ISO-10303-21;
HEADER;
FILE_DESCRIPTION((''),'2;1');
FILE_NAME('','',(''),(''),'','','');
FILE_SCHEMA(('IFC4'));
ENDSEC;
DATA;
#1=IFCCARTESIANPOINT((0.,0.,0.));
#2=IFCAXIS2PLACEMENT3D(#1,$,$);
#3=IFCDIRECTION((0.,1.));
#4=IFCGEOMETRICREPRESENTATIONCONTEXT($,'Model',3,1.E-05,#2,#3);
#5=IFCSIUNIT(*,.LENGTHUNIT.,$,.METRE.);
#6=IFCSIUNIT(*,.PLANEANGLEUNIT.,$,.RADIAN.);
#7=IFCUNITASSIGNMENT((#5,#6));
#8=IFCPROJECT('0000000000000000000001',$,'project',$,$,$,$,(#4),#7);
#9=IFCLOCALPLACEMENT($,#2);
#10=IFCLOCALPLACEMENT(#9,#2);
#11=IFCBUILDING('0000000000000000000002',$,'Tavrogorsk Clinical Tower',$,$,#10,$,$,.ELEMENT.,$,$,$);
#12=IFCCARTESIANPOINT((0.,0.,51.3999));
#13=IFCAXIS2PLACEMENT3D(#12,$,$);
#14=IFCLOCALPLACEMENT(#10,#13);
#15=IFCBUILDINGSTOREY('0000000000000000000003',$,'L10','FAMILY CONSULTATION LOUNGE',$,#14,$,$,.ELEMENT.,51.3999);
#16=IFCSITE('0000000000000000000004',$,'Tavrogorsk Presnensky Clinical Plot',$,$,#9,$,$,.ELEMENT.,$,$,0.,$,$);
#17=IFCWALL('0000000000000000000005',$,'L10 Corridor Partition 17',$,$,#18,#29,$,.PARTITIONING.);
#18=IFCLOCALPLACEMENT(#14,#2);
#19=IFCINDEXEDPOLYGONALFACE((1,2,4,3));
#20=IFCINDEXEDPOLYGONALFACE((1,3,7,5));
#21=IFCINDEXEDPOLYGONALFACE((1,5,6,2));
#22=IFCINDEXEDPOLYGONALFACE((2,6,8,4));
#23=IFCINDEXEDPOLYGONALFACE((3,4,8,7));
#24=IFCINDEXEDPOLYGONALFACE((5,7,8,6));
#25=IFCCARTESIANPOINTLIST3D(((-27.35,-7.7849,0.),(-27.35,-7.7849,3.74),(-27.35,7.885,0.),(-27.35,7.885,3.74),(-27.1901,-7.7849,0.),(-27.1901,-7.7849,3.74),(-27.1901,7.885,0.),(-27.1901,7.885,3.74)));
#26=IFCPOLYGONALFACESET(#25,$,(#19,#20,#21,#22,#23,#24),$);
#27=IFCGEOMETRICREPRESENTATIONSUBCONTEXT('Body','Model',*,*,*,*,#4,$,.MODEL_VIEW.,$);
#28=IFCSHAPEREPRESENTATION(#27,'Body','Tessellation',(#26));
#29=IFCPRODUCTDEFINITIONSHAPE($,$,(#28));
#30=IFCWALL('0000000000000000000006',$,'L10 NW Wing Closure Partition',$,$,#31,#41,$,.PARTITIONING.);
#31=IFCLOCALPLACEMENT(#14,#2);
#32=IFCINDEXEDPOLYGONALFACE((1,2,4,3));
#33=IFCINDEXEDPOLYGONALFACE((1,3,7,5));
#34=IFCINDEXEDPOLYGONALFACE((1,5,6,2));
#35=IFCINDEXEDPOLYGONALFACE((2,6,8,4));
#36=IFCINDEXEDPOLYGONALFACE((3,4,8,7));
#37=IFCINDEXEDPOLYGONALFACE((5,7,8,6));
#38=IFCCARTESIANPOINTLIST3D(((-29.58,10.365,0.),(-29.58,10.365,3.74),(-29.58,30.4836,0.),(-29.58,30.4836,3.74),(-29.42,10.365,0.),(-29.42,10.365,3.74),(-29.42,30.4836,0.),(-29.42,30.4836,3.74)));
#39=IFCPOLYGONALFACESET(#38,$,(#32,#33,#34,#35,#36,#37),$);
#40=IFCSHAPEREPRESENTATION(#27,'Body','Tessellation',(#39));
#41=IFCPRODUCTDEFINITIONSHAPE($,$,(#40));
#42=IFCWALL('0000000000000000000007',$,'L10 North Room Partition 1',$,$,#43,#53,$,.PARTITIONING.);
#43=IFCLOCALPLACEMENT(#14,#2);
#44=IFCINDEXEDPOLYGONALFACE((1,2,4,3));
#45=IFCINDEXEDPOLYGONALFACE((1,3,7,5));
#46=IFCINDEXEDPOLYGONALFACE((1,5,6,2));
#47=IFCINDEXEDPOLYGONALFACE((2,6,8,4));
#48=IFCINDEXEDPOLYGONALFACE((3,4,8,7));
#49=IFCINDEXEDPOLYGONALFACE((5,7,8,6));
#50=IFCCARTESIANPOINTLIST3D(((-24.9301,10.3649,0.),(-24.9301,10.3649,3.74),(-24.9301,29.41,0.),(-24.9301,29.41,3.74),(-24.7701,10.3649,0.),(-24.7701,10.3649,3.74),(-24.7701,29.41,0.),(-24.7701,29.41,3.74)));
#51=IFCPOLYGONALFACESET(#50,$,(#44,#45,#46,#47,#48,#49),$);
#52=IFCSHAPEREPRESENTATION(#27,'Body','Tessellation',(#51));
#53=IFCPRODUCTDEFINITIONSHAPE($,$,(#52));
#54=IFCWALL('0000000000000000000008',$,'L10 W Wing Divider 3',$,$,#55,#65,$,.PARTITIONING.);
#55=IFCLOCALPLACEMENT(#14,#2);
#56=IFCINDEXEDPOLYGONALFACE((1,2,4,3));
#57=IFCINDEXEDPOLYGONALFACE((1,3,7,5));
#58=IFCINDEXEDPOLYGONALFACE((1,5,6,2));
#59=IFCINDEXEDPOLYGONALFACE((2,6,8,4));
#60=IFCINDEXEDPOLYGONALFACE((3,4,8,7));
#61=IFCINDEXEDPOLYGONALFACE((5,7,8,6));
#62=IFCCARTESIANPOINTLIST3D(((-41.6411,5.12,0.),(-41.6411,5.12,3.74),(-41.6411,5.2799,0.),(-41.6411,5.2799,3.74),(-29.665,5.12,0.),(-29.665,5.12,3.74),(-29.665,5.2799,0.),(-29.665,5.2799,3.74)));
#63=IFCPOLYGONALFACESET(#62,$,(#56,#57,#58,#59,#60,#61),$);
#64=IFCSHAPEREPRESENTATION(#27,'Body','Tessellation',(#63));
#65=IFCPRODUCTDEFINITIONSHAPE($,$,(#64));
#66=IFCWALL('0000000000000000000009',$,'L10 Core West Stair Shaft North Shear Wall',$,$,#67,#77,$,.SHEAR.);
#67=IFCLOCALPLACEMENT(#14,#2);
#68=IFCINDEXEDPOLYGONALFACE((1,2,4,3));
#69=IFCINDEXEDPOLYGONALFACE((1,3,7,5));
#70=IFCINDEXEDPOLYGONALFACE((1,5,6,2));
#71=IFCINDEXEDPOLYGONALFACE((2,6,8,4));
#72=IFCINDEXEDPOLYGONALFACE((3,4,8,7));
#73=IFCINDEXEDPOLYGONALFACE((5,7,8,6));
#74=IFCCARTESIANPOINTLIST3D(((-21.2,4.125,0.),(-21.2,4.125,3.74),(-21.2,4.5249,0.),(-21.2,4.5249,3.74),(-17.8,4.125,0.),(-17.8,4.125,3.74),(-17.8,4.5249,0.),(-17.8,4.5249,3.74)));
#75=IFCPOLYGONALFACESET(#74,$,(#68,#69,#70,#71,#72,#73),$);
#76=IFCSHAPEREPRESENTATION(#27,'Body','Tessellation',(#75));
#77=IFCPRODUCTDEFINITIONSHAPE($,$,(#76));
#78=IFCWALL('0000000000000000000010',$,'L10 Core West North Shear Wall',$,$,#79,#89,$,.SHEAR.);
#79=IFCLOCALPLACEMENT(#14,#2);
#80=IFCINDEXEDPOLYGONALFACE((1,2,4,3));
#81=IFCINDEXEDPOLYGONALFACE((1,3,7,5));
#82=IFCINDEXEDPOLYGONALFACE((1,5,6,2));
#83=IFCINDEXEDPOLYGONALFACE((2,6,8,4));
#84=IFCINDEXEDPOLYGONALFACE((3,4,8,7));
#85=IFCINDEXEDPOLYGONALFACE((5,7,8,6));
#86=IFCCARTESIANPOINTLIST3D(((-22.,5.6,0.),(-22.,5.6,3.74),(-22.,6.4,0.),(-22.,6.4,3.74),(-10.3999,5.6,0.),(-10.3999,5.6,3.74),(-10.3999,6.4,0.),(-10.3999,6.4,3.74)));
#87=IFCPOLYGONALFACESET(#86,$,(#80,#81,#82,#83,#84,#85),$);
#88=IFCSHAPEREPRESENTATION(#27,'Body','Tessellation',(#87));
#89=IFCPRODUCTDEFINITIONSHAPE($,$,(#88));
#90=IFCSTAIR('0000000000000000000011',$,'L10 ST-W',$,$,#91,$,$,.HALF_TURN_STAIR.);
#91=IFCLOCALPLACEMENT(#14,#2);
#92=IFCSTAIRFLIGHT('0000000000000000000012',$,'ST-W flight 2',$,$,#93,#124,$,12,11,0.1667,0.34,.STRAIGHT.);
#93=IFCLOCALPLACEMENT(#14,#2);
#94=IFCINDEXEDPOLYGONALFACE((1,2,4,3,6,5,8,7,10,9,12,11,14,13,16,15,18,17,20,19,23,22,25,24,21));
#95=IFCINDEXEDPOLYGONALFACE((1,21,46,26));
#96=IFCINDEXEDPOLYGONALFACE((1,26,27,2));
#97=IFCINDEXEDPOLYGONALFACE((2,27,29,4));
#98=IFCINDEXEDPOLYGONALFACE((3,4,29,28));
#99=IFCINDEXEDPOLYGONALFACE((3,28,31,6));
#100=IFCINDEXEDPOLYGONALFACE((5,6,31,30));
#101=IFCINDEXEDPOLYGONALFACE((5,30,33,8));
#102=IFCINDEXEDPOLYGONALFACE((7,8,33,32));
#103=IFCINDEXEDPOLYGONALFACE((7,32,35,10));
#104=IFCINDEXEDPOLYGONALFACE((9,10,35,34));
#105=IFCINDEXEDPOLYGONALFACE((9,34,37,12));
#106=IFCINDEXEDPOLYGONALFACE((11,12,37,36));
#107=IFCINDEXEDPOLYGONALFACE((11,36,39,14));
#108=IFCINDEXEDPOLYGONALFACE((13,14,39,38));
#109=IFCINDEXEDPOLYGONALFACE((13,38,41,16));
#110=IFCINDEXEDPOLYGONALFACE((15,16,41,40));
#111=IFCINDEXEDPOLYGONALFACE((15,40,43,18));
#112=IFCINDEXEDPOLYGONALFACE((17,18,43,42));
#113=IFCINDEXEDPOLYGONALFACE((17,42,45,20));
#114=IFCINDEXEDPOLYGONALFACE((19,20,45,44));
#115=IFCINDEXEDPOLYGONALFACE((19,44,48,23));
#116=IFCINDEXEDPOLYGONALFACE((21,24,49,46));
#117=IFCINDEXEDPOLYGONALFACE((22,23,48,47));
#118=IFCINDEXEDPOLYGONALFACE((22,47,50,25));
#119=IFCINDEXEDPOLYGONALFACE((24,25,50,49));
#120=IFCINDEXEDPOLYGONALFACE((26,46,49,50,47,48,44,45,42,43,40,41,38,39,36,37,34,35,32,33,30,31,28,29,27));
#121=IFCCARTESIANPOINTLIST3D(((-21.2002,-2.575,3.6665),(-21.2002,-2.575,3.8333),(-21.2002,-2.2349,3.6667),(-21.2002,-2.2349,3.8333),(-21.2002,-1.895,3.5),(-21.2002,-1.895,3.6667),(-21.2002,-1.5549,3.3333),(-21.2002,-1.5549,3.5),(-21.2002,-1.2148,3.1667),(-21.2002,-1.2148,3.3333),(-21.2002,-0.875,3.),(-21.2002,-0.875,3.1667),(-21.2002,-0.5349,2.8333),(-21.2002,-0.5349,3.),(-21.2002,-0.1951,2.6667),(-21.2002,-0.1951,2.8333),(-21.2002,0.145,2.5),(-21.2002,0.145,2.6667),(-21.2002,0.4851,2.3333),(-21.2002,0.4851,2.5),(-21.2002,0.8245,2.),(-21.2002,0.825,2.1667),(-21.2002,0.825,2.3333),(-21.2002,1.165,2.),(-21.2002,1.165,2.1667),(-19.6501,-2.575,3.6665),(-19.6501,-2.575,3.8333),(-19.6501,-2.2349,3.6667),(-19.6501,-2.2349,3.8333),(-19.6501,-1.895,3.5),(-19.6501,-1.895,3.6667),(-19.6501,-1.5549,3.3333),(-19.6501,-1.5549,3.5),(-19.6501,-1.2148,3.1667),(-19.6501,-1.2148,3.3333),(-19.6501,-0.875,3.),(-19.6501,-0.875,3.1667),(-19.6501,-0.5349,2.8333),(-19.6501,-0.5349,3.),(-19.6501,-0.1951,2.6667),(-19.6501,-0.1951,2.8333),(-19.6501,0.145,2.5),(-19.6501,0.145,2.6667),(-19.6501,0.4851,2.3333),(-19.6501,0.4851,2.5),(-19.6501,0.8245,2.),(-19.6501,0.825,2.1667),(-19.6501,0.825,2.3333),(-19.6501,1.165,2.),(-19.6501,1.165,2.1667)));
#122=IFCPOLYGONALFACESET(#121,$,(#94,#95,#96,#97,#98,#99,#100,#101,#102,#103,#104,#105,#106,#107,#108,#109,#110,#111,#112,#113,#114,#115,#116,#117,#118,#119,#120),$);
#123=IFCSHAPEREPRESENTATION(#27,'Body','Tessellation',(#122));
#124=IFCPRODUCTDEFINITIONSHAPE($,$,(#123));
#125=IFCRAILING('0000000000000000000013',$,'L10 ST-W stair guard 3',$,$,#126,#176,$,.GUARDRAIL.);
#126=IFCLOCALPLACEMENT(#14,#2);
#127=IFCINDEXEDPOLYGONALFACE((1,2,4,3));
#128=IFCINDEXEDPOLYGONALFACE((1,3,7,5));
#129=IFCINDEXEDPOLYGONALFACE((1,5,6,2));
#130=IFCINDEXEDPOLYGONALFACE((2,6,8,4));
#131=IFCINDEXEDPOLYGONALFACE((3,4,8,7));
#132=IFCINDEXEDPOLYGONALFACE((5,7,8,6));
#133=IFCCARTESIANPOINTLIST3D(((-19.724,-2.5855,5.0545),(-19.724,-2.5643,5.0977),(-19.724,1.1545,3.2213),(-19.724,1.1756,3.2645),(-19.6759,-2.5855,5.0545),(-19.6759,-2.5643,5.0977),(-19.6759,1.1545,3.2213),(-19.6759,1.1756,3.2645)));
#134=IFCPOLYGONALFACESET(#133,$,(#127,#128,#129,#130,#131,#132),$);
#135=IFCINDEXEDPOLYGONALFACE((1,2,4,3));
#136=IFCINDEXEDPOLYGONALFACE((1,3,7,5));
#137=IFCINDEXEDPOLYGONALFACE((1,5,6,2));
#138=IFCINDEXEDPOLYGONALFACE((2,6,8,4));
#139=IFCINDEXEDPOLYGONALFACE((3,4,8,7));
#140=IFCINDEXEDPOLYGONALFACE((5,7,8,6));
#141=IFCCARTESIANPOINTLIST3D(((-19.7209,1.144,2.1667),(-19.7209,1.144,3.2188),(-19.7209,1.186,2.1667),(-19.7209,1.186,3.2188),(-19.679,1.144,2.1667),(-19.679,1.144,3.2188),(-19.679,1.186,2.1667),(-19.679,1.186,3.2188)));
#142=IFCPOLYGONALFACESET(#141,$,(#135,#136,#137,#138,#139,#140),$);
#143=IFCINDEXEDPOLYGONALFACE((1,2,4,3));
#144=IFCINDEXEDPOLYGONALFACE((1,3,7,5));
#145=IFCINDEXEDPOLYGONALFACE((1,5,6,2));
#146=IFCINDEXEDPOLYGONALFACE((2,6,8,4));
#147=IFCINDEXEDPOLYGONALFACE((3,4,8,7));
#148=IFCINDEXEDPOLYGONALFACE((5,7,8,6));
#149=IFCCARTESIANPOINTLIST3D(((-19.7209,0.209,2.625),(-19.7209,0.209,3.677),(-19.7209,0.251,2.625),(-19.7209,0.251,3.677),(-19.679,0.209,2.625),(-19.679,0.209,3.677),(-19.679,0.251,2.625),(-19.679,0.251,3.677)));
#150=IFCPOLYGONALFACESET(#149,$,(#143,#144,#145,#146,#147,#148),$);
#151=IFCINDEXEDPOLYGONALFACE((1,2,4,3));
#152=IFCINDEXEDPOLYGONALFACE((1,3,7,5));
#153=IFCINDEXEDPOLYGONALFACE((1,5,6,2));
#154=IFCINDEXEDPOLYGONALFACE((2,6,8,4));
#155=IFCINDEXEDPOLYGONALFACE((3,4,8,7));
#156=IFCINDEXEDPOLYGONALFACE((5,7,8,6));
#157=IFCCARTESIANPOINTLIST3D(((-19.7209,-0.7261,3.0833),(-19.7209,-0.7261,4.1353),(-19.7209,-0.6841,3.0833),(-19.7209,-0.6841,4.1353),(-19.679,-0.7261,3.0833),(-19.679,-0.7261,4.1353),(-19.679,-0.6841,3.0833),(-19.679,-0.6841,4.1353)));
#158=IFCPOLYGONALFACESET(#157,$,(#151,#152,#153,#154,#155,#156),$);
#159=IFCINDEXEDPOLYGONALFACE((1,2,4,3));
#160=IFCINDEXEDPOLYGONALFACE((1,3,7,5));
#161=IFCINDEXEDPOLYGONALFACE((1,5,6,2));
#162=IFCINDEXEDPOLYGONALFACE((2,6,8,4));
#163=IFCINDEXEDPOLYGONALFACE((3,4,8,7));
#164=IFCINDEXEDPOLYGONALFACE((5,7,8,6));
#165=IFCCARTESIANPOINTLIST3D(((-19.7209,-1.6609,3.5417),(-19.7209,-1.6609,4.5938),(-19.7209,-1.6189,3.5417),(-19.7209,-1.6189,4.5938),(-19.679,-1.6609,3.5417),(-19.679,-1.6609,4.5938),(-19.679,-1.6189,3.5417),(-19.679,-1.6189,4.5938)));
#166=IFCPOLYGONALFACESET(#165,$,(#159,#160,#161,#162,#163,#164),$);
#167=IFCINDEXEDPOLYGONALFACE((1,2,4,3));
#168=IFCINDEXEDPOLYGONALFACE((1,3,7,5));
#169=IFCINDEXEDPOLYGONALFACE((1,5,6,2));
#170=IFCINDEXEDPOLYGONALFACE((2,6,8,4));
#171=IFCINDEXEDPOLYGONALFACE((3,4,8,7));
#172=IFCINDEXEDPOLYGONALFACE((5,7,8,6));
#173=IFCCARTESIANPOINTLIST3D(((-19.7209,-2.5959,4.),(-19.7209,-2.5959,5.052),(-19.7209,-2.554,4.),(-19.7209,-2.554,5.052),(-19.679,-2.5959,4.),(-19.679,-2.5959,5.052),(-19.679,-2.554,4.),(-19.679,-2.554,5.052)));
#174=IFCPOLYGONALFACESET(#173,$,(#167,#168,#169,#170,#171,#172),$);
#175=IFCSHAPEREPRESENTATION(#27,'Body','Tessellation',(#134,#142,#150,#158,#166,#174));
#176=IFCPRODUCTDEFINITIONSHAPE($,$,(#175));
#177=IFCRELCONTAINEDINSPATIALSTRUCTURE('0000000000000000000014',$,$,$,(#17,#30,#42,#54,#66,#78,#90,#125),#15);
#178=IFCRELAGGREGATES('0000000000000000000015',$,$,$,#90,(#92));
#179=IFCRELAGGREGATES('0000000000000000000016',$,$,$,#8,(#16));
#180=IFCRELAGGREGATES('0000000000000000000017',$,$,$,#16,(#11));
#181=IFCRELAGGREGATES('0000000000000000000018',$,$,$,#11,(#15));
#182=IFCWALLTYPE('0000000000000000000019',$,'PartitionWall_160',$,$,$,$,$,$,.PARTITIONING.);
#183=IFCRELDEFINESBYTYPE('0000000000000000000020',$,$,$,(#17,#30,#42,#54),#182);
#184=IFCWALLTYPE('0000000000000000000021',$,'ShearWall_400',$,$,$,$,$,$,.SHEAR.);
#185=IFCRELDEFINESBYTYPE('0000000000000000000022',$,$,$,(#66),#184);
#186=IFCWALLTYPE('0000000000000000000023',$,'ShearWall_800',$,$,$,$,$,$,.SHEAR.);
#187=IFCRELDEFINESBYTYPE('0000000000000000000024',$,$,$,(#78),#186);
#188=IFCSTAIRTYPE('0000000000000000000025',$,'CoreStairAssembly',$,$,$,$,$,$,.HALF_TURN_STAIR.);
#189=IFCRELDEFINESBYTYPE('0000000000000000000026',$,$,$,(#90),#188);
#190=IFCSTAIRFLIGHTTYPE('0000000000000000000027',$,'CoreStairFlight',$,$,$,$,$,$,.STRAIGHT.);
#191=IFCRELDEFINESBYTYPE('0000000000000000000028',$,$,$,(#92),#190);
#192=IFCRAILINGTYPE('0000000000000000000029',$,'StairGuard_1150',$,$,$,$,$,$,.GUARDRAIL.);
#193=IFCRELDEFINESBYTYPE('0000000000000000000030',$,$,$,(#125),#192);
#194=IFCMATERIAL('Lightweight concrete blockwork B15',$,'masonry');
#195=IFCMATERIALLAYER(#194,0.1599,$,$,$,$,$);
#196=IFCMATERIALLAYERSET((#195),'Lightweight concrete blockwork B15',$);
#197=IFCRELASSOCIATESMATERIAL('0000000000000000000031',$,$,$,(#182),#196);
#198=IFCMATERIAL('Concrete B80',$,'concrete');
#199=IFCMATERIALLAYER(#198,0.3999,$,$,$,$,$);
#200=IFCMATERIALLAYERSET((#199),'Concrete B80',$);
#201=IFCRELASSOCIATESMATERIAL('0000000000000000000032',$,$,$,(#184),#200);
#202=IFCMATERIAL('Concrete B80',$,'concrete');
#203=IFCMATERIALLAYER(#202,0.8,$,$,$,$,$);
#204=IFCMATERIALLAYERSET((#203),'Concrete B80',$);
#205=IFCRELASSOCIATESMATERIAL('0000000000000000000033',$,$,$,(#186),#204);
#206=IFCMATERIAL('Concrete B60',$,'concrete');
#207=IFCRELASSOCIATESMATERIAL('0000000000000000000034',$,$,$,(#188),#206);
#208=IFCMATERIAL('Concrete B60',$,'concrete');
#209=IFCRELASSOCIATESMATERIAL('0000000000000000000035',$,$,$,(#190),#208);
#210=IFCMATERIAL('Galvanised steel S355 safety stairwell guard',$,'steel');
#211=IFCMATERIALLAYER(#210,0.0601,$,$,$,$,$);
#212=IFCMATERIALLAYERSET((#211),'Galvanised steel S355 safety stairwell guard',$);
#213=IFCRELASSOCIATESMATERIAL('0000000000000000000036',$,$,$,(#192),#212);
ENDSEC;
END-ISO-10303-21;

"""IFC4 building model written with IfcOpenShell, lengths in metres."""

from ifc_helpers import new_model, si_unit, direction, frame, frame_2d, origin, origin_2d, place, context, subcontext, project, spatial, polyline, rectangle, outline, extrude, material, layer, layer_set, type_object, element, aggregate, save


model = new_model("IFC4")

# Units and contexts
model_context = context("Model", 3, precision=1e-05, world=origin(), true_north=direction((0.0, 1.0)))
body_context = subcontext(model_context, "Body", "Model", "MODEL_VIEW")
ifc_project = project(units=[si_unit("LENGTHUNIT", "METRE"), si_unit("PLANEANGLEUNIT", "RADIAN")], contexts=[model_context])

# Site, building, storey
site_placement = place(None, origin())
site = spatial("IfcSite", under=ifc_project, at=site_placement, Name="Tavrogorsk Presnensky Clinical Plot", CompositionType="ELEMENT", RefElevation=0.0)
building_placement = place(site_placement, origin())
building = spatial("IfcBuilding", under=site, at=building_placement, Name="Tavrogorsk Clinical Tower", CompositionType="ELEMENT")
storey_placement = place(building_placement, frame((0.0, 0.0, 51.3999)))
storey = spatial("IfcBuildingStorey", under=building, at=storey_placement, Name="L10", Description="FAMILY CONSULTATION LOUNGE", CompositionType="ELEMENT", Elevation=51.3999)

# Shared definitions
ifc_material_1 = material(Name="Lightweight concrete blockwork B15", Category="masonry")
ifc_layer_1 = layer(ifc_material_1, 0.1599)
ifc_layer_set_1 = layer_set([ifc_layer_1], Name="Lightweight concrete blockwork B15")
wall_type_1 = type_object("IfcWallType", Name="PartitionWall_160", PredefinedType="PARTITIONING", material=ifc_layer_set_1)

# Walls
wall_1_placement = place(storey_placement, frame((-27.27, 7.885, 0.0), z_axis=(0.0, 0.0, 1.0), x_axis=(0.0, -1.0, 0.0)))
element("IfcWall", 1, at=wall_1_placement, inside=storey, type_object=wall_type_1, Name="L10 Corridor Partition 17", PredefinedType="PARTITIONING", context=body_context, shape_type="SweptSolid", body=[
    extrude(rectangle(XDim=15.6699, YDim=0.1599, at=frame_2d((7.835, 0.0))), origin(), (0.0, 0.0, 1.0), 3.74),
])
wall_2_placement = place(storey_placement, frame((-29.5, 10.365, 0.0), z_axis=(0.0, 0.0, 1.0), x_axis=(0.0, 1.0, 0.0)))
element("IfcWall", 2, at=wall_2_placement, inside=storey, type_object=wall_type_1, Name="L10 NW Wing Closure Partition", PredefinedType="PARTITIONING", context=body_context, shape_type="SweptSolid", body=[
    extrude(rectangle(XDim=20.1187, YDim=0.1599, at=frame_2d((10.0593, 0.0))), origin(), (0.0, 0.0, 1.0), 3.74),
])
wall_3_placement = place(storey_placement, frame((-24.8501, 10.365, 0.0), z_axis=(0.0, 0.0, 1.0), x_axis=(0.0, 1.0, 0.0)))
element("IfcWall", 3, at=wall_3_placement, inside=storey, type_object=wall_type_1, Name="L10 North Room Partition 1", PredefinedType="PARTITIONING", context=body_context, shape_type="SweptSolid", body=[
    extrude(rectangle(XDim=19.0452, YDim=0.1599, at=frame_2d((9.5225, 0.0))), origin(), (0.0, 0.0, 1.0), 3.74),
])
wall_4_placement = place(storey_placement, frame((-41.6411, 5.2, 0.0), z_axis=(0.0, 0.0, 1.0), x_axis=(1.0, 0.0, 0.0)))
element("IfcWall", 4, at=wall_4_placement, inside=storey, type_object=wall_type_1, Name="L10 W Wing Divider 3", PredefinedType="PARTITIONING", context=body_context, shape_type="SweptSolid", body=[
    extrude(rectangle(XDim=11.9761, YDim=0.1599, at=frame_2d((5.988, 0.0))), origin(), (0.0, 0.0, 1.0), 3.74),
])
ifc_material_2 = material(Name="Concrete B80", Category="concrete")
ifc_layer_2 = layer(ifc_material_2, 0.3999)
ifc_layer_set_2 = layer_set([ifc_layer_2], Name="Concrete B80")
wall_type_2 = type_object("IfcWallType", Name="ShearWall_400", PredefinedType="SHEAR", material=ifc_layer_set_2)
wall_5_placement = place(storey_placement, frame((-21.2, 4.325, 0.0), z_axis=(0.0, 0.0, 1.0), x_axis=(1.0, 0.0, 0.0)))
element("IfcWall", 5, at=wall_5_placement, inside=storey, type_object=wall_type_2, Name="L10 Core West Stair Shaft North Shear Wall", PredefinedType="SHEAR", context=body_context, shape_type="SweptSolid", body=[
    extrude(rectangle(XDim=3.3999, YDim=0.3999, at=frame_2d((1.7, 0.0))), origin(), (0.0, 0.0, 1.0), 3.74),
])
ifc_material_3 = material(Name="Concrete B80", Category="concrete")
ifc_layer_3 = layer(ifc_material_3, 0.8)
ifc_layer_set_3 = layer_set([ifc_layer_3], Name="Concrete B80")
wall_type_3 = type_object("IfcWallType", Name="ShearWall_800", PredefinedType="SHEAR", material=ifc_layer_set_3)
wall_6_placement = place(storey_placement, frame((-22.0, 6.0, 0.0), z_axis=(0.0, 0.0, 1.0), x_axis=(1.0, 0.0, 0.0)))
element("IfcWall", 6, at=wall_6_placement, inside=storey, type_object=wall_type_3, Name="L10 Core West North Shear Wall", PredefinedType="SHEAR", context=body_context, shape_type="SweptSolid", body=[
    extrude(rectangle(XDim=11.6001, YDim=0.8, at=frame_2d((5.8, 0.0))), origin(), (0.0, 0.0, 1.0), 3.74),
])

# Stair, stair flight
ifc_material_4 = material(Name="Concrete B60", Category="concrete")
stair_type = type_object("IfcStairType", Name="CoreStairAssembly", PredefinedType="HALF_TURN_STAIR", material=ifc_material_4)
stair_placement = place(storey_placement, origin())
stair = element("IfcStair", 7, at=stair_placement, inside=storey, type_object=stair_type, Name="L10 ST-W", PredefinedType="HALF_TURN_STAIR")
ifc_material_5 = material(Name="Concrete B60", Category="concrete")
stair_flight_type = type_object("IfcStairFlightType", Name="CoreStairFlight", PredefinedType="STRAIGHT", material=ifc_material_5)
stair_flight_placement = place(storey_placement, frame((-20.425, 1.165, 2.0), z_axis=(0.0, 0.0, 1.0), x_axis=(0.0, -1.0, 0.0)))
stair_flight = element("IfcStairFlight", 8, at=stair_flight_placement, type_object=stair_flight_type, Name="ST-W flight 2", NumberOfRisers=12, NumberOfTreads=11, PredefinedType="STRAIGHT", RiserHeight=0.1667, TreadLength=0.34, context=body_context, shape_type="SweptSolid", body=[
    extrude(outline(polyline([(0.0, 0.0), (0.0, 0.1667), (0.3401, 0.1667), (0.3401, 0.3333), (0.6799, 0.3333), (0.6799, 0.5), (1.02, 0.5), (1.02, 0.6667), (1.3601, 0.6667), (1.3601, 0.8333), (1.7, 0.8333), (1.7, 1.0), (2.04, 1.0), (2.04, 1.1667), (2.3799, 1.1667), (2.3799, 1.3333), (2.72, 1.3333), (2.72, 1.5), (3.0601, 1.5), (3.0601, 1.6667), (3.3999, 1.6667), (3.3999, 1.8333), (3.74, 1.8333), (3.74, 2.0), (3.74, 1.6665), (0.3406, 0.0), (0.0, 0.0)])), frame((0.0, 0.7749, 0.0), z_axis=(0.0, -1.0, 0.0), x_axis=(1.0, 0.0, 0.0)), (0.0, 0.0, 1.0), 1.55),
])
aggregate(stair, [stair_flight])

# Railing
ifc_material_6 = material(Name="Galvanised steel S355 safety stairwell guard", Category="steel")
ifc_layer_4 = layer(ifc_material_6, 0.0601)
ifc_layer_set_4 = layer_set([ifc_layer_4], Name="Galvanised steel S355 safety stairwell guard")
railing_type_1 = type_object("IfcRailingType", Name="StairGuard_1150", PredefinedType="GUARDRAIL", material=ifc_layer_set_4)
railing_1_placement = place(storey_placement, frame((-19.7, 1.165, 2.1667)))
element("IfcRailing", 9, at=railing_1_placement, inside=storey, type_object=railing_type_1, Name="L10 ST-W stair guard 3", PredefinedType="GUARDRAIL", context=body_context, shape_type="SweptSolid", body=[
    extrude(rectangle(XDim=0.0481, YDim=0.0481, at=origin_2d()), frame((0.0, 0.0, 1.0762), z_axis=(0.0, -0.897928, 0.440142), x_axis=(1.0, 0.0, 0.0)), (0.0, 0.0, 1.0), 4.165),
    extrude(rectangle(XDim=0.042, YDim=0.042, at=origin_2d()), origin(), (0.0, 0.0, 1.0), 1.052),
    extrude(rectangle(XDim=0.042, YDim=0.042, at=origin_2d()), frame((0.0, -0.9351, 0.4583)), (0.0, 0.0, 1.0), 1.052),
    extrude(rectangle(XDim=0.042, YDim=0.042, at=origin_2d()), frame((0.0, -1.8701, 0.9165)), (0.0, 0.0, 1.0), 1.052),
    extrude(rectangle(XDim=0.042, YDim=0.042, at=origin_2d()), frame((0.0, -2.8049, 1.375)), (0.0, 0.0, 1.0), 1.052),
    extrude(rectangle(XDim=0.042, YDim=0.042, at=origin_2d()), frame((0.0, -3.74, 1.8333)), (0.0, 0.0, 1.0), 1.052),
])

save(model, "model.ifc")
